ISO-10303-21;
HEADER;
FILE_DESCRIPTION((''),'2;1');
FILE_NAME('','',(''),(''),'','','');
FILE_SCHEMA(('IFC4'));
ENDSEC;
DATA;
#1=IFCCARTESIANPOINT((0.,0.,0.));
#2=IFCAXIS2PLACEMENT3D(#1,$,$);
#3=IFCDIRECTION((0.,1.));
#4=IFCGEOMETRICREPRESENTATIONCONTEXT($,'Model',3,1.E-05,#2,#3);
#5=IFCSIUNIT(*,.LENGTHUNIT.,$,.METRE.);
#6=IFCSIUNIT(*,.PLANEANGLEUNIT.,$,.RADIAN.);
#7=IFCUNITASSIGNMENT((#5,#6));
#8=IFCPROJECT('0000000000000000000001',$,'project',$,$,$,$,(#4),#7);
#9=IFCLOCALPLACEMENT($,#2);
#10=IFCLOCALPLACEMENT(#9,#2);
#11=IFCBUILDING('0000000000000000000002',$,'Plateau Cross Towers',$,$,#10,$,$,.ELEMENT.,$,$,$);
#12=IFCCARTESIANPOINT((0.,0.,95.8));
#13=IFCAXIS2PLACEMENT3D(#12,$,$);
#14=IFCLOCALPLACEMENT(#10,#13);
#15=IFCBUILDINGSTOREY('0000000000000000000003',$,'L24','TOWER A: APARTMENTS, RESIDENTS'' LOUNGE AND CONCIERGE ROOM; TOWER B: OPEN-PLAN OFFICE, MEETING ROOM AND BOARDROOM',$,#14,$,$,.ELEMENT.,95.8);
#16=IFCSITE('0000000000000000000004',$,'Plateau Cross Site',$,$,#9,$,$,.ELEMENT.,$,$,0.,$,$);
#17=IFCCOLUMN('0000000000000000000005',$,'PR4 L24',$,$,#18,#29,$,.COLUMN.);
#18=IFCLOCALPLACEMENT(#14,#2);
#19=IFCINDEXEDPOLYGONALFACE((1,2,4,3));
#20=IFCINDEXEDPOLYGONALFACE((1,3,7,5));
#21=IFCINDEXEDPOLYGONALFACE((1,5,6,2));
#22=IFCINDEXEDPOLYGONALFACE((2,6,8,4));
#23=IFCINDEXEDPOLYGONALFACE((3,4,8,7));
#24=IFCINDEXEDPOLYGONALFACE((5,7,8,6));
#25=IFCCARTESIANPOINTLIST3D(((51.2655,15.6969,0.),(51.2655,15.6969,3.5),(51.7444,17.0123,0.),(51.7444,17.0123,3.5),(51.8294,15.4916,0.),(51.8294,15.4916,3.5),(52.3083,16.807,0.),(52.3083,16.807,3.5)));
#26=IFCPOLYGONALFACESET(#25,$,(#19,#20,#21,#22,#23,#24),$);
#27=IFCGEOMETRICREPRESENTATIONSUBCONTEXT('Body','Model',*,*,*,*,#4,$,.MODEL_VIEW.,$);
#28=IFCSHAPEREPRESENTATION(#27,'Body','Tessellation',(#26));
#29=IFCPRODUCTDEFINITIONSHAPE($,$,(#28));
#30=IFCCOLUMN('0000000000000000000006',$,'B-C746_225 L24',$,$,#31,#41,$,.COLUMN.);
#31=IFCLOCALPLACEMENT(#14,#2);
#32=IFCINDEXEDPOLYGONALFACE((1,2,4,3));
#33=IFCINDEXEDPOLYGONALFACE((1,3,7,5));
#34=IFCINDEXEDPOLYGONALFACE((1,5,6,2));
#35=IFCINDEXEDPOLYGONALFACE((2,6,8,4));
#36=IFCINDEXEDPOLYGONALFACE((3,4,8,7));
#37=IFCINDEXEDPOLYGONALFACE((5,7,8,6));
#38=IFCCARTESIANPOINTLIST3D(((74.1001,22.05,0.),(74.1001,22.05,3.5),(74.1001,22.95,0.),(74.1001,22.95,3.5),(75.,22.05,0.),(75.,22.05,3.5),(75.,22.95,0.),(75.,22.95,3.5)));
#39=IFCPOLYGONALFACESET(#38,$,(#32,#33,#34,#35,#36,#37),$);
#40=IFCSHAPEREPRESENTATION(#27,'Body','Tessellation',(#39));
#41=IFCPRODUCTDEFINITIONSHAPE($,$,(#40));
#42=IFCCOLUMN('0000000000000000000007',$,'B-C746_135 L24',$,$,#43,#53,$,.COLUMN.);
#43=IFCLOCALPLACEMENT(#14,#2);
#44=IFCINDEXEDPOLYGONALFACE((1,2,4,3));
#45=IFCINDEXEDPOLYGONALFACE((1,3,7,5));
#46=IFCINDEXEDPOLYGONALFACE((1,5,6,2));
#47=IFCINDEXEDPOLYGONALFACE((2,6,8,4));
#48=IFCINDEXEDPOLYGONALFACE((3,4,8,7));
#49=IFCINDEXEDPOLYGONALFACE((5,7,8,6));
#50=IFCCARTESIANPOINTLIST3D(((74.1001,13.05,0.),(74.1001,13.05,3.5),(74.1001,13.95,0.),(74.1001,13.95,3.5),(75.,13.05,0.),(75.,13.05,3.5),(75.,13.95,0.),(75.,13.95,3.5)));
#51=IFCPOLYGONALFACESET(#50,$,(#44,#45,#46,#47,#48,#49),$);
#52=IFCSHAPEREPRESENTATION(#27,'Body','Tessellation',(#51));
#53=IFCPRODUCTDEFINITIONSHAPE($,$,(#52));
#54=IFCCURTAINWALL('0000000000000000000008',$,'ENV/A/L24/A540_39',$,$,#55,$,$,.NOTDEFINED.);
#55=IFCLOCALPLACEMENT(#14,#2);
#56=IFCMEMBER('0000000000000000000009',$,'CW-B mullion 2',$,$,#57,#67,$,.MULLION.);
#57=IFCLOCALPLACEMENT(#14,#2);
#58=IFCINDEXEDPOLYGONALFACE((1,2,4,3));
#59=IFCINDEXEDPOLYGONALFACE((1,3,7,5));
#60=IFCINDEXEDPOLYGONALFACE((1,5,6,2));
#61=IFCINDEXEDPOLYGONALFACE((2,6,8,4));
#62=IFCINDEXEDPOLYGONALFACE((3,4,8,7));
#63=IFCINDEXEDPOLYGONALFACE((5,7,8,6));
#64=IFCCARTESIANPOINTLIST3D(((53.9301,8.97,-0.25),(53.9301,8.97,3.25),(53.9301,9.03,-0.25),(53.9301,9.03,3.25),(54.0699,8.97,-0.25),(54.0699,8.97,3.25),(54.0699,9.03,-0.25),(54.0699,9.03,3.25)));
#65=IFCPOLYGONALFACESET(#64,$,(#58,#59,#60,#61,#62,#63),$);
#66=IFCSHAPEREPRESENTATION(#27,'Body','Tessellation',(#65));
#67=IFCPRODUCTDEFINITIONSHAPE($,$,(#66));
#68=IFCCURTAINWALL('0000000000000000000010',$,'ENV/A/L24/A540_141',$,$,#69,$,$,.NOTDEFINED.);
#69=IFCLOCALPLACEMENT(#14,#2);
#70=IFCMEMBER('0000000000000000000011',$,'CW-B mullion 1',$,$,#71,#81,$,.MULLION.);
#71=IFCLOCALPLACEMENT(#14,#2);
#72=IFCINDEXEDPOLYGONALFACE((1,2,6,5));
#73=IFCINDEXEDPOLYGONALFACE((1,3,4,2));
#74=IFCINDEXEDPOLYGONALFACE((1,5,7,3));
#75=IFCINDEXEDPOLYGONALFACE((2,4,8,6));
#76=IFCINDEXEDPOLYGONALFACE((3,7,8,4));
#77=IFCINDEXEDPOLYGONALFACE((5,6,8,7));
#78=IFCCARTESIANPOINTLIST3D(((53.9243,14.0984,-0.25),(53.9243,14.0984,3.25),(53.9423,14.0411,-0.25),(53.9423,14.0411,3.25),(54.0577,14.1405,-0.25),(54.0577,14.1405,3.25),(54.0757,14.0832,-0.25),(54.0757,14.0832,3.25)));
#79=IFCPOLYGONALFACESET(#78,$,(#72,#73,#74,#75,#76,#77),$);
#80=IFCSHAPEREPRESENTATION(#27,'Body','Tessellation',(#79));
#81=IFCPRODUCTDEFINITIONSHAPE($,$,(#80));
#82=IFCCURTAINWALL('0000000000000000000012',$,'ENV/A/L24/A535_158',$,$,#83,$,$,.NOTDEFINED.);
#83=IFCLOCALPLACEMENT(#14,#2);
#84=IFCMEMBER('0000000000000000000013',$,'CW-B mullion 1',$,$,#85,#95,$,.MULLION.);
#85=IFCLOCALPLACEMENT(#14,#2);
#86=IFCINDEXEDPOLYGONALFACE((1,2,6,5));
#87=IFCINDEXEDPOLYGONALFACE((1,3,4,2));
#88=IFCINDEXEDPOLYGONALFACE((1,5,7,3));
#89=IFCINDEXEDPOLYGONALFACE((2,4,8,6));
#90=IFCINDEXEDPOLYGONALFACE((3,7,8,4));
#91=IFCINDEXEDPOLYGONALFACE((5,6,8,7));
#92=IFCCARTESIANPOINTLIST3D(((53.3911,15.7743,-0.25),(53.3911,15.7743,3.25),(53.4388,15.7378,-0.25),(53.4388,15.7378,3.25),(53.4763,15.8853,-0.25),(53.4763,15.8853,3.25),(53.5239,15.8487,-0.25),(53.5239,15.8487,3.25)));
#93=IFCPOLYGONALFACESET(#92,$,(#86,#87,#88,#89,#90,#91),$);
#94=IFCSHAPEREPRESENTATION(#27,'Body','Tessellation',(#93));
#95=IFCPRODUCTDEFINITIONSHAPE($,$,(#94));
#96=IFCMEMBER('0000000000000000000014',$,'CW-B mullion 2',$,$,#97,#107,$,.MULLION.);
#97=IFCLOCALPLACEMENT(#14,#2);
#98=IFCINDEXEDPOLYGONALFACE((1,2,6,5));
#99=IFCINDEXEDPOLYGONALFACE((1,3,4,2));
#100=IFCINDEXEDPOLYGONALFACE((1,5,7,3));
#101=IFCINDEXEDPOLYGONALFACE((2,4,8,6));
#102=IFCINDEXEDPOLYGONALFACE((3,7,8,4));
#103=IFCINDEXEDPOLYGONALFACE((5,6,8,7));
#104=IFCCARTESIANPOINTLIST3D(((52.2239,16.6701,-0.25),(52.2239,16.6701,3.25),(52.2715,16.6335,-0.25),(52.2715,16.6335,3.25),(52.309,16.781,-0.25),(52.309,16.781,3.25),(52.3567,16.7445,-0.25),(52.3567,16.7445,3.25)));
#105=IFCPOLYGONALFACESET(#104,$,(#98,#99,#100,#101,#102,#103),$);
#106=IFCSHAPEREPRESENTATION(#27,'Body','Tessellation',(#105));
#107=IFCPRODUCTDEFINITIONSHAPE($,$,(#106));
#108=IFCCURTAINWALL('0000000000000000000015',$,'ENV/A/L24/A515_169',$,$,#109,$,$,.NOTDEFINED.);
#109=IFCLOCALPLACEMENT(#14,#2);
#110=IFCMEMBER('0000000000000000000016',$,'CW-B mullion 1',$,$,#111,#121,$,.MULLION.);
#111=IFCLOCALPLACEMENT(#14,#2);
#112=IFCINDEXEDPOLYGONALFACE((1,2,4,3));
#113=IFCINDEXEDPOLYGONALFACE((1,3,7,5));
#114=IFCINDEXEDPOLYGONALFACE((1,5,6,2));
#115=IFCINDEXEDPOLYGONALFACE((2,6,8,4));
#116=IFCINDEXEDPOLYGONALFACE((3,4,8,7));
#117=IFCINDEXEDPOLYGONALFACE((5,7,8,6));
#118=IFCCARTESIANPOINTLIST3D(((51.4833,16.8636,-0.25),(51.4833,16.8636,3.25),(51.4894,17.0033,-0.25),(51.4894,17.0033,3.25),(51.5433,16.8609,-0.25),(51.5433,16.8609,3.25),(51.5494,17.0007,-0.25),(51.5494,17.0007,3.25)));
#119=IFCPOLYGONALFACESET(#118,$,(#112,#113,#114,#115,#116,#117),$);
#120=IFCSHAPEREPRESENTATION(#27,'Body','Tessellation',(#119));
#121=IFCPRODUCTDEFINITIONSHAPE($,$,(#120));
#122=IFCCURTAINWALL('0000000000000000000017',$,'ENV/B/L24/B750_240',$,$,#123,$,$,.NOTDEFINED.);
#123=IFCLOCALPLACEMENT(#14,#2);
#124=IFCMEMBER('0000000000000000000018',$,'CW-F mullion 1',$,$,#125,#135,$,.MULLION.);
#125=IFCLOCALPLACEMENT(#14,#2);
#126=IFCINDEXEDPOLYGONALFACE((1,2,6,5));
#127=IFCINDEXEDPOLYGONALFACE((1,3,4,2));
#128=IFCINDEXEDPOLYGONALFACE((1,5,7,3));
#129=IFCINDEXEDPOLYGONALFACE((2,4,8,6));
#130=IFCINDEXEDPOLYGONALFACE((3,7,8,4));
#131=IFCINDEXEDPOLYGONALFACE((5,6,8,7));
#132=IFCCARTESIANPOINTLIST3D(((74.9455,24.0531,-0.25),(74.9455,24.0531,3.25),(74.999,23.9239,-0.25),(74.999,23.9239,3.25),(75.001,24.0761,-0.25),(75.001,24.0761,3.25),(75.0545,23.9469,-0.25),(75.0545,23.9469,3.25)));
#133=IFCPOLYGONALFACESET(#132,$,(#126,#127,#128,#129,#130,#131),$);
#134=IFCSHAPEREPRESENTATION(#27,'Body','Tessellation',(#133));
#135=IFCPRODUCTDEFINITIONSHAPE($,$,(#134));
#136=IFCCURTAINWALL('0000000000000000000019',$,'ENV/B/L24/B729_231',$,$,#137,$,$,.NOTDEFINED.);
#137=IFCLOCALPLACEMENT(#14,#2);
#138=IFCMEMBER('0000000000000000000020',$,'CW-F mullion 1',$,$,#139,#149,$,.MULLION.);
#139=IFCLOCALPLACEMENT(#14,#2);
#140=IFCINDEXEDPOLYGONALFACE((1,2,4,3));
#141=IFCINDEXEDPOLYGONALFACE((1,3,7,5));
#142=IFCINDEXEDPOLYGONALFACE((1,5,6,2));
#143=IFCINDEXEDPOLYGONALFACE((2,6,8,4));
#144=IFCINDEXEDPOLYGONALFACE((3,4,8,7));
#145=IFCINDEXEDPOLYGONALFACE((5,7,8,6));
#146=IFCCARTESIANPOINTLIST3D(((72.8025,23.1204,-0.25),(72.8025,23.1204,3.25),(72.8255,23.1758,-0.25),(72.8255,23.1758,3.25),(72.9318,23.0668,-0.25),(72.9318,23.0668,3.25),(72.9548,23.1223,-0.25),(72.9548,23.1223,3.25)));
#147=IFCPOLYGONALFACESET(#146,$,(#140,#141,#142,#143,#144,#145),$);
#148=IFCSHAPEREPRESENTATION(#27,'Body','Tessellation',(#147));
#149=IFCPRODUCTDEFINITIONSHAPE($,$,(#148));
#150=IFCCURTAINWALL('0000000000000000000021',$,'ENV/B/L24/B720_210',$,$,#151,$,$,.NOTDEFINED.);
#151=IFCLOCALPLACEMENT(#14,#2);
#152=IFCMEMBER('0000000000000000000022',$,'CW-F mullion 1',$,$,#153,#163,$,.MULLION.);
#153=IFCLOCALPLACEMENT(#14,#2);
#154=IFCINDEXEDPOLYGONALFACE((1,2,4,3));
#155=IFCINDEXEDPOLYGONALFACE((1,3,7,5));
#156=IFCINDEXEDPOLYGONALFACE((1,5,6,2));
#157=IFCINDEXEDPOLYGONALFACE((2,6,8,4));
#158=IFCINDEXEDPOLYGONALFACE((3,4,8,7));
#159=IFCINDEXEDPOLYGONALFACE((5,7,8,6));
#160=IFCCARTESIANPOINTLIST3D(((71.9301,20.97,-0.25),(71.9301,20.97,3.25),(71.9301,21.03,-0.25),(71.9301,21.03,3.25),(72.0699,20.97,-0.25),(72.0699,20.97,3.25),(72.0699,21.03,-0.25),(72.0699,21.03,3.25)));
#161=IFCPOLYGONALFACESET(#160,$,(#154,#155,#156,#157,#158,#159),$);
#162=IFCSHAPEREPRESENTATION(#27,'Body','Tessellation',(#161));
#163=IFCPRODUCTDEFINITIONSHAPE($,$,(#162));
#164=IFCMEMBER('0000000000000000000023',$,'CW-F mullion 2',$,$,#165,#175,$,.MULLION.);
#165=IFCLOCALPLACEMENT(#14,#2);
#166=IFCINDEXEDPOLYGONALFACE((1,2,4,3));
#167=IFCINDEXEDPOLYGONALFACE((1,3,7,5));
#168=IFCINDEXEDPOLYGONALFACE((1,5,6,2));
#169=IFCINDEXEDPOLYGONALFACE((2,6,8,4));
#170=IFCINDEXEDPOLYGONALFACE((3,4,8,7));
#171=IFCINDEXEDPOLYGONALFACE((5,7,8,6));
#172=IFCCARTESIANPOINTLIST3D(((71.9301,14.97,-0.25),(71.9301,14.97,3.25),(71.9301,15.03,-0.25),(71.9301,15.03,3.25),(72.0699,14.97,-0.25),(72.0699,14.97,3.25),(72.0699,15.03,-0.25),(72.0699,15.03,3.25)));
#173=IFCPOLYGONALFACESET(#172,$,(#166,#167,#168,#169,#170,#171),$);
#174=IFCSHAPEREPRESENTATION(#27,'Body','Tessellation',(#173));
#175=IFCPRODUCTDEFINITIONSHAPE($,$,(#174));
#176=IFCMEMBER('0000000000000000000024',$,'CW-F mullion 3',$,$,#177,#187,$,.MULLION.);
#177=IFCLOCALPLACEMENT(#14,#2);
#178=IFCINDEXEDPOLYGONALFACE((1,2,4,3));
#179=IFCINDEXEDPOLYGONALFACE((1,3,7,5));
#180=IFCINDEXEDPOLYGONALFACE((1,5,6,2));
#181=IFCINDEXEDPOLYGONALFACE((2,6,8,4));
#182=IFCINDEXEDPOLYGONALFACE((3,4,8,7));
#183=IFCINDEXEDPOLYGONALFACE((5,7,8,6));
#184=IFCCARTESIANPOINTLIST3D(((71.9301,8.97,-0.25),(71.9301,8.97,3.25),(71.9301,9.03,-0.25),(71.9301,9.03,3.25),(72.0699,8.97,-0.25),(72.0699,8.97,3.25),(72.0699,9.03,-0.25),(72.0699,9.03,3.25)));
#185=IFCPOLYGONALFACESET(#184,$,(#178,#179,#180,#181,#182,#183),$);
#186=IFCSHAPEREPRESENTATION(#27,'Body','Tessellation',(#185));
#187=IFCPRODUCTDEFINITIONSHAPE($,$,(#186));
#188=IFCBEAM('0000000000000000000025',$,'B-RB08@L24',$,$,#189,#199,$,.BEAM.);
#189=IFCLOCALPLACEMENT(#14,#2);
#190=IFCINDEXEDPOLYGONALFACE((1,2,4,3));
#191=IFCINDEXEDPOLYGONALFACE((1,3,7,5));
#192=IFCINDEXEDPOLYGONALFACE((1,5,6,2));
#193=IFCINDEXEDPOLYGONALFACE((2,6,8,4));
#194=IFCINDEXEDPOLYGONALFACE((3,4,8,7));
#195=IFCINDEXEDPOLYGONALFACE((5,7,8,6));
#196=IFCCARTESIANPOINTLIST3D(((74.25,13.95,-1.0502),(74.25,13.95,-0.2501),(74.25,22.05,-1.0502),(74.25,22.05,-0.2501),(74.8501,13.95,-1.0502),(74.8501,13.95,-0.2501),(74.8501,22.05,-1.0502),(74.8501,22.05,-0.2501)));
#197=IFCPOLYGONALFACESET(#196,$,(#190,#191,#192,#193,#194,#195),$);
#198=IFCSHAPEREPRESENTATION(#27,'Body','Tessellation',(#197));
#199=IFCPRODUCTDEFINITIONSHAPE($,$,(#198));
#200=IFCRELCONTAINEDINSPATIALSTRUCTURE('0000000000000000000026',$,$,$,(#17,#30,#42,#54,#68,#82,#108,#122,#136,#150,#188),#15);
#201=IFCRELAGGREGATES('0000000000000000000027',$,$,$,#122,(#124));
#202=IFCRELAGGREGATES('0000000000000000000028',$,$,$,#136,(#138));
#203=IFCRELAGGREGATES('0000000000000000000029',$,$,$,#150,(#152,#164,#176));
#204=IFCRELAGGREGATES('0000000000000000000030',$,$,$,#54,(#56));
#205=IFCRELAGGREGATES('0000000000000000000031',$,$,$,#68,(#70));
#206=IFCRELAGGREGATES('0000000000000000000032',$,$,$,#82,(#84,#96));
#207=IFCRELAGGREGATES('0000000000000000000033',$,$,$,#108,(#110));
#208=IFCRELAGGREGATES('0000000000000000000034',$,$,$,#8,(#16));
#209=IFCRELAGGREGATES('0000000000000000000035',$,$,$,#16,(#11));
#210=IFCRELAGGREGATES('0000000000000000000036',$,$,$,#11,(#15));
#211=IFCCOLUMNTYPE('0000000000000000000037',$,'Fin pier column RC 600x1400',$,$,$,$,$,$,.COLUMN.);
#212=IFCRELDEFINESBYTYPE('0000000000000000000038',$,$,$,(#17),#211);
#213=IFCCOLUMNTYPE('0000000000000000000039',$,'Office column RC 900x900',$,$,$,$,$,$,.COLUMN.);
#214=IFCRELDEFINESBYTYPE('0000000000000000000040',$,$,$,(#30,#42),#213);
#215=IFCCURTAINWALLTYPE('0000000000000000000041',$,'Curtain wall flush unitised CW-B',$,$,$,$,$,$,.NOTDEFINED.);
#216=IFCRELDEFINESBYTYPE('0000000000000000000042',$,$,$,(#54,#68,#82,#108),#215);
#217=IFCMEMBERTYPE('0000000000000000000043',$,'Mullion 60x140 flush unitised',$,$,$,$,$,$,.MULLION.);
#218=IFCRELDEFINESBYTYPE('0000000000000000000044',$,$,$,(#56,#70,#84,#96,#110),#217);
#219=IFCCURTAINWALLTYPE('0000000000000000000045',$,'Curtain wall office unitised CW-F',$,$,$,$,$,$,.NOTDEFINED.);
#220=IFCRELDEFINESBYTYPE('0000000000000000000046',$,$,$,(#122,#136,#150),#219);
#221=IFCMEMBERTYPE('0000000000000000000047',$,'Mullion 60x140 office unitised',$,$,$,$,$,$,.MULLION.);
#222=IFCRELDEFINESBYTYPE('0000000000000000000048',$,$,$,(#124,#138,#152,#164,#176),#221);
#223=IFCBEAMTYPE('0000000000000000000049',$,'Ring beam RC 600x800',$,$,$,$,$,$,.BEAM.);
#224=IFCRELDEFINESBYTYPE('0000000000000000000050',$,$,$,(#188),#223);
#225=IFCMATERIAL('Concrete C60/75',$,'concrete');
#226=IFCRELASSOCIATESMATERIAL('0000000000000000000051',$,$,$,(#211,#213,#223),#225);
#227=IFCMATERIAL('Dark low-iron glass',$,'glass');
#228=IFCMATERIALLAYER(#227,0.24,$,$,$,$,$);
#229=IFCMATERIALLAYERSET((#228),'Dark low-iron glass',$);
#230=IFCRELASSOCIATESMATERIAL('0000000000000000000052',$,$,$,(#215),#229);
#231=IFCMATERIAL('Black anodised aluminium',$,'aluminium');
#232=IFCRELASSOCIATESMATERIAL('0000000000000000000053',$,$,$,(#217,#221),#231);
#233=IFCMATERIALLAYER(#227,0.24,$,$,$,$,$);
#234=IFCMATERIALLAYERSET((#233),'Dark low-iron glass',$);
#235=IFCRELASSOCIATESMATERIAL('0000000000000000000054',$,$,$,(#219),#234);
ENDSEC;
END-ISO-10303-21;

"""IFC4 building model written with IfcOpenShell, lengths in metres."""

from ifc_helpers import new_model, si_unit, direction, frame, origin, origin_2d, place, context, subcontext, project, spatial, rectangle, extrude, material, layer, layer_set, material_profile, profile_set, type_object, element, aggregate, save


model = new_model("IFC4")

# Units and contexts
model_context = context("Model", 3, precision=1e-05, world=origin(), true_north=direction((0.0, 1.0)))
body_context = subcontext(model_context, "Body", "Model", "MODEL_VIEW")
ifc_project = project(units=[si_unit("LENGTHUNIT", "METRE"), si_unit("PLANEANGLEUNIT", "RADIAN")], contexts=[model_context])

# Site, building, storey
site_placement = place(None, origin())
site = spatial("IfcSite", under=ifc_project, at=site_placement, Name="Plateau Cross Site", CompositionType="ELEMENT", RefElevation=0.0)
building_placement = place(site_placement, origin())
building = spatial("IfcBuilding", under=site, at=building_placement, Name="Plateau Cross Towers", CompositionType="ELEMENT")
storey_placement = place(building_placement, frame((0.0, 0.0, 95.8)))
storey = spatial("IfcBuildingStorey", under=building, at=storey_placement, Name="L24", Description="TOWER A: APARTMENTS, RESIDENTS' LOUNGE AND CONCIERGE ROOM; TOWER B: OPEN-PLAN OFFICE, MEETING ROOM AND BOARDROOM", CompositionType="ELEMENT", Elevation=95.8)

# Columns
ifc_material_1 = material(Name="Concrete C60/75", Category="concrete")
ifc_material_profile_1 = material_profile(ifc_material_1, rectangle(XDim=0.6001, YDim=1.3999, at=origin_2d()), Name="RC 600x1400")
ifc_profile_set_1 = profile_set([ifc_material_profile_1], Name="Concrete C60/75")
column_type_1 = type_object("IfcColumnType", Name="Fin pier column RC 600x1400", PredefinedType="COLUMN", material=ifc_profile_set_1)
column_placement = place(storey_placement, frame((51.7869, 16.252, 0.0), z_axis=(0.0, 0.0, 1.0), x_axis=(-0.939664, 0.342098, 0.0)))
element("IfcColumn", 1, at=column_placement, inside=storey, type_object=column_type_1, Name="PR4 L24", PredefinedType="COLUMN", context=body_context, shape_type="SweptSolid", body=[
    extrude(rectangle(XDim=0.6001, YDim=1.3999, at=origin_2d()), origin(), (0.0, 0.0, 1.0), 3.5),
])
ifc_material_profile_2 = material_profile(ifc_material_1, rectangle(XDim=0.8999, YDim=0.8999, at=origin_2d()), Name="RC 900x900")
ifc_profile_set_2 = profile_set([ifc_material_profile_2], Name="Concrete C60/75")
column_type_2 = type_object("IfcColumnType", Name="Office column RC 900x900", PredefinedType="COLUMN", material=ifc_profile_set_2)
for number, where, z_axis, x_axis, name in (
    (2, (74.55, 22.5, 0.0), (0.0, 0.0, 1.0), (1.0, 0.0, 0.0), "B-C746_225 L24"),
    (3, (74.55, 13.5, 0.0), (0.0, 0.0, 1.0), (1.0, 0.0, 0.0), "B-C746_135 L24"),
):
    element("IfcColumn", number, at=place(storey_placement, frame(where, z_axis=z_axis, x_axis=x_axis)), inside=storey, type_object=column_type_2, Name=name, PredefinedType="COLUMN", context=body_context, shape_type="SweptSolid", body=[
        extrude(rectangle(XDim=0.8999, YDim=0.8999, at=origin_2d()), origin(), (0.0, 0.0, 1.0), 3.5),
    ])

# Curtain walls, members
ifc_material_2 = material(Name="Dark low-iron glass", Category="glass")
ifc_layer_1 = layer(ifc_material_2, 0.24)
ifc_layer_set_1 = layer_set([ifc_layer_1], Name="Dark low-iron glass")
curtain_wall_type_1 = type_object("IfcCurtainWallType", Name="Curtain wall flush unitised CW-B", PredefinedType="NOTDEFINED", material=ifc_layer_set_1)
curtain_wall_1_placement = place(storey_placement, origin())
curtain_wall_1 = element("IfcCurtainWall", 4, at=curtain_wall_1_placement, inside=storey, type_object=curtain_wall_type_1, Name="ENV/A/L24/A540_39", PredefinedType="NOTDEFINED")
ifc_material_3 = material(Name="Black anodised aluminium", Category="aluminium")
ifc_material_profile_3 = material_profile(ifc_material_3, rectangle(XDim=0.0601, YDim=0.1399, at=origin_2d()), Name="MULLION 60x140")
ifc_profile_set_3 = profile_set([ifc_material_profile_3], Name="Black anodised aluminium")
member_type_1 = type_object("IfcMemberType", Name="Mullion 60x140 flush unitised", PredefinedType="MULLION", material=ifc_profile_set_3)
member_1_placement = place(storey_placement, frame((54.0, 9.0, -0.25), z_axis=(0.0, 0.0, 1.0), x_axis=(0.0, 1.0, 0.0)))
member_1 = element("IfcMember", 5, at=member_1_placement, type_object=member_type_1, Name="CW-B mullion 2", PredefinedType="MULLION", context=body_context, shape_type="SweptSolid", body=[
    extrude(rectangle(XDim=0.0601, YDim=0.1399, at=origin_2d()), origin(), (0.0, 0.0, 1.0), 3.5),
])
curtain_wall_2_placement = place(storey_placement, origin())
curtain_wall_2 = element("IfcCurtainWall", 6, at=curtain_wall_2_placement, inside=storey, type_object=curtain_wall_type_1, Name="ENV/A/L24/A540_141", PredefinedType="NOTDEFINED")
member_2_placement = place(storey_placement, frame((54.0, 14.0908, -0.25), z_axis=(0.0, 0.0, 1.0), x_axis=(-0.300686, 0.953723, 0.0)))
member_2 = element("IfcMember", 7, at=member_2_placement, type_object=member_type_1, Name="CW-B mullion 1", PredefinedType="MULLION", context=body_context, shape_type="SweptSolid", body=[
    extrude(rectangle(XDim=0.0601, YDim=0.1399, at=origin_2d()), origin(), (0.0, 0.0, 1.0), 3.5),
])

# Curtain wall, members
curtain_wall_3_placement = place(storey_placement, origin())
curtain_wall_3 = element("IfcCurtainWall", 8, at=curtain_wall_3_placement, inside=storey, type_object=curtain_wall_type_1, Name="ENV/A/L24/A535_158", PredefinedType="NOTDEFINED")
member_3_placement = place(storey_placement, frame((53.4575, 15.8115, -0.25), z_axis=(0.0, 0.0, 1.0), x_axis=(-0.793316, 0.608811, 0.0)))
member_3 = element("IfcMember", 9, at=member_3_placement, type_object=member_type_1, Name="CW-B mullion 1", PredefinedType="MULLION", context=body_context, shape_type="SweptSolid", body=[
    extrude(rectangle(XDim=0.0601, YDim=0.1399, at=origin_2d()), origin(), (0.0, 0.0, 1.0), 3.5),
])
member_4_placement = place(storey_placement, frame((52.2903, 16.7073, -0.25), z_axis=(0.0, 0.0, 1.0), x_axis=(-0.793316, 0.608811, 0.0)))
member_4 = element("IfcMember", 10, at=member_4_placement, type_object=member_type_1, Name="CW-B mullion 2", PredefinedType="MULLION", context=body_context, shape_type="SweptSolid", body=[
    extrude(rectangle(XDim=0.0601, YDim=0.1399, at=origin_2d()), origin(), (0.0, 0.0, 1.0), 3.5),
])

# Curtain walls, members
curtain_wall_4_placement = place(storey_placement, origin())
curtain_wall_4 = element("IfcCurtainWall", 11, at=curtain_wall_4_placement, inside=storey, type_object=curtain_wall_type_1, Name="ENV/A/L24/A515_169", PredefinedType="NOTDEFINED")
member_5_placement = place(storey_placement, frame((51.5164, 16.9321, -0.25), z_axis=(0.0, 0.0, 1.0), x_axis=(-0.999044, 0.043723, 0.0)))
member_5 = element("IfcMember", 12, at=member_5_placement, type_object=member_type_1, Name="CW-B mullion 1", PredefinedType="MULLION", context=body_context, shape_type="SweptSolid", body=[
    extrude(rectangle(XDim=0.0601, YDim=0.1399, at=origin_2d()), origin(), (0.0, 0.0, 1.0), 3.5),
])
ifc_layer_2 = layer(ifc_material_2, 0.24)
ifc_layer_set_2 = layer_set([ifc_layer_2], Name="Dark low-iron glass")
curtain_wall_type_2 = type_object("IfcCurtainWallType", Name="Curtain wall office unitised CW-F", PredefinedType="NOTDEFINED", material=ifc_layer_set_2)
curtain_wall_5_placement = place(storey_placement, origin())
curtain_wall_5 = element("IfcCurtainWall", 13, at=curtain_wall_5_placement, inside=storey, type_object=curtain_wall_type_2, Name="ENV/B/L24/B750_240", PredefinedType="NOTDEFINED")
ifc_material_profile_4 = material_profile(ifc_material_3, rectangle(XDim=0.0601, YDim=0.1399, at=origin_2d()), Name="MULLION 60x140")
ifc_profile_set_4 = profile_set([ifc_material_profile_4], Name="Black anodised aluminium")
member_type_2 = type_object("IfcMemberType", Name="Mullion 60x140 office unitised", PredefinedType="MULLION", material=ifc_profile_set_4)
member_6_placement = place(storey_placement, frame((75.0, 24.0, -0.25), z_axis=(0.0, 0.0, 1.0), x_axis=(-0.923879, -0.382684, 0.0)))
member_6 = element("IfcMember", 14, at=member_6_placement, type_object=member_type_2, Name="CW-F mullion 1", PredefinedType="MULLION", context=body_context, shape_type="SweptSolid", body=[
    extrude(rectangle(XDim=0.0601, YDim=0.1399, at=origin_2d()), origin(), (0.0, 0.0, 1.0), 3.5),
])
curtain_wall_6_placement = place(storey_placement, origin())
curtain_wall_6 = element("IfcCurtainWall", 15, at=curtain_wall_6_placement, inside=storey, type_object=curtain_wall_type_2, Name="ENV/B/L24/B729_231", PredefinedType="NOTDEFINED")
member_7_placement = place(storey_placement, frame((72.8787, 23.1213, -0.25), z_axis=(0.0, 0.0, 1.0), x_axis=(-0.382684, -0.923879, 0.0)))
member_7 = element("IfcMember", 16, at=member_7_placement, type_object=member_type_2, Name="CW-F mullion 1", PredefinedType="MULLION", context=body_context, shape_type="SweptSolid", body=[
    extrude(rectangle(XDim=0.0601, YDim=0.1399, at=origin_2d()), origin(), (0.0, 0.0, 1.0), 3.5),
])

# Curtain wall, members
curtain_wall_7_placement = place(storey_placement, origin())
curtain_wall_7 = element("IfcCurtainWall", 17, at=curtain_wall_7_placement, inside=storey, type_object=curtain_wall_type_2, Name="ENV/B/L24/B720_210", PredefinedType="NOTDEFINED")
member_8_placement = place(storey_placement, frame((72.0, 21.0, -0.25), z_axis=(0.0, 0.0, 1.0), x_axis=(0.0, -1.0, 0.0)))
member_8 = element("IfcMember", 18, at=member_8_placement, type_object=member_type_2, Name="CW-F mullion 1", PredefinedType="MULLION", context=body_context, shape_type="SweptSolid", body=[
    extrude(rectangle(XDim=0.0601, YDim=0.1399, at=origin_2d()), origin(), (0.0, 0.0, 1.0), 3.5),
])
member_9_placement = place(storey_placement, frame((72.0, 15.0, -0.25), z_axis=(0.0, 0.0, 1.0), x_axis=(0.0, -1.0, 0.0)))
member_9 = element("IfcMember", 19, at=member_9_placement, type_object=member_type_2, Name="CW-F mullion 2", PredefinedType="MULLION", context=body_context, shape_type="SweptSolid", body=[
    extrude(rectangle(XDim=0.0601, YDim=0.1399, at=origin_2d()), origin(), (0.0, 0.0, 1.0), 3.5),
])
member_10_placement = place(storey_placement, frame((72.0, 9.0, -0.25), z_axis=(0.0, 0.0, 1.0), x_axis=(0.0, -1.0, 0.0)))
member_10 = element("IfcMember", 20, at=member_10_placement, type_object=member_type_2, Name="CW-F mullion 3", PredefinedType="MULLION", context=body_context, shape_type="SweptSolid", body=[
    extrude(rectangle(XDim=0.0601, YDim=0.1399, at=origin_2d()), origin(), (0.0, 0.0, 1.0), 3.5),
])

# Beam
ifc_material_profile_5 = material_profile(ifc_material_1, rectangle(XDim=0.6001, YDim=0.8, at=origin_2d()), Name="RC 600x800")
ifc_profile_set_5 = profile_set([ifc_material_profile_5], Name="Concrete C60/75")
beam_type = type_object("IfcBeamType", Name="Ring beam RC 600x800", PredefinedType="BEAM", material=ifc_profile_set_5)
for number, where, z_axis, x_axis, name in (
    (21, (74.55, 22.05, -0.6501), (0.0, -1.0, 0.0), (1.0, 0.0, 0.0), "B-RB08@L24"),
):
    element("IfcBeam", number, at=place(storey_placement, frame(where, z_axis=z_axis, x_axis=x_axis)), inside=storey, type_object=beam_type, Name=name, PredefinedType="BEAM", context=body_context, shape_type="SweptSolid", body=[
        extrude(rectangle(XDim=0.6001, YDim=0.8, at=origin_2d()), origin(), (0.0, 0.0, 1.0), 8.1001),
    ])

aggregate(curtain_wall_5, [member_6])
aggregate(curtain_wall_6, [member_7])
aggregate(curtain_wall_7, [member_8, member_9, member_10])
aggregate(curtain_wall_1, [member_1])
aggregate(curtain_wall_2, [member_2])
aggregate(curtain_wall_3, [member_3, member_4])
aggregate(curtain_wall_4, [member_5])

save(model, "model.ifc")
